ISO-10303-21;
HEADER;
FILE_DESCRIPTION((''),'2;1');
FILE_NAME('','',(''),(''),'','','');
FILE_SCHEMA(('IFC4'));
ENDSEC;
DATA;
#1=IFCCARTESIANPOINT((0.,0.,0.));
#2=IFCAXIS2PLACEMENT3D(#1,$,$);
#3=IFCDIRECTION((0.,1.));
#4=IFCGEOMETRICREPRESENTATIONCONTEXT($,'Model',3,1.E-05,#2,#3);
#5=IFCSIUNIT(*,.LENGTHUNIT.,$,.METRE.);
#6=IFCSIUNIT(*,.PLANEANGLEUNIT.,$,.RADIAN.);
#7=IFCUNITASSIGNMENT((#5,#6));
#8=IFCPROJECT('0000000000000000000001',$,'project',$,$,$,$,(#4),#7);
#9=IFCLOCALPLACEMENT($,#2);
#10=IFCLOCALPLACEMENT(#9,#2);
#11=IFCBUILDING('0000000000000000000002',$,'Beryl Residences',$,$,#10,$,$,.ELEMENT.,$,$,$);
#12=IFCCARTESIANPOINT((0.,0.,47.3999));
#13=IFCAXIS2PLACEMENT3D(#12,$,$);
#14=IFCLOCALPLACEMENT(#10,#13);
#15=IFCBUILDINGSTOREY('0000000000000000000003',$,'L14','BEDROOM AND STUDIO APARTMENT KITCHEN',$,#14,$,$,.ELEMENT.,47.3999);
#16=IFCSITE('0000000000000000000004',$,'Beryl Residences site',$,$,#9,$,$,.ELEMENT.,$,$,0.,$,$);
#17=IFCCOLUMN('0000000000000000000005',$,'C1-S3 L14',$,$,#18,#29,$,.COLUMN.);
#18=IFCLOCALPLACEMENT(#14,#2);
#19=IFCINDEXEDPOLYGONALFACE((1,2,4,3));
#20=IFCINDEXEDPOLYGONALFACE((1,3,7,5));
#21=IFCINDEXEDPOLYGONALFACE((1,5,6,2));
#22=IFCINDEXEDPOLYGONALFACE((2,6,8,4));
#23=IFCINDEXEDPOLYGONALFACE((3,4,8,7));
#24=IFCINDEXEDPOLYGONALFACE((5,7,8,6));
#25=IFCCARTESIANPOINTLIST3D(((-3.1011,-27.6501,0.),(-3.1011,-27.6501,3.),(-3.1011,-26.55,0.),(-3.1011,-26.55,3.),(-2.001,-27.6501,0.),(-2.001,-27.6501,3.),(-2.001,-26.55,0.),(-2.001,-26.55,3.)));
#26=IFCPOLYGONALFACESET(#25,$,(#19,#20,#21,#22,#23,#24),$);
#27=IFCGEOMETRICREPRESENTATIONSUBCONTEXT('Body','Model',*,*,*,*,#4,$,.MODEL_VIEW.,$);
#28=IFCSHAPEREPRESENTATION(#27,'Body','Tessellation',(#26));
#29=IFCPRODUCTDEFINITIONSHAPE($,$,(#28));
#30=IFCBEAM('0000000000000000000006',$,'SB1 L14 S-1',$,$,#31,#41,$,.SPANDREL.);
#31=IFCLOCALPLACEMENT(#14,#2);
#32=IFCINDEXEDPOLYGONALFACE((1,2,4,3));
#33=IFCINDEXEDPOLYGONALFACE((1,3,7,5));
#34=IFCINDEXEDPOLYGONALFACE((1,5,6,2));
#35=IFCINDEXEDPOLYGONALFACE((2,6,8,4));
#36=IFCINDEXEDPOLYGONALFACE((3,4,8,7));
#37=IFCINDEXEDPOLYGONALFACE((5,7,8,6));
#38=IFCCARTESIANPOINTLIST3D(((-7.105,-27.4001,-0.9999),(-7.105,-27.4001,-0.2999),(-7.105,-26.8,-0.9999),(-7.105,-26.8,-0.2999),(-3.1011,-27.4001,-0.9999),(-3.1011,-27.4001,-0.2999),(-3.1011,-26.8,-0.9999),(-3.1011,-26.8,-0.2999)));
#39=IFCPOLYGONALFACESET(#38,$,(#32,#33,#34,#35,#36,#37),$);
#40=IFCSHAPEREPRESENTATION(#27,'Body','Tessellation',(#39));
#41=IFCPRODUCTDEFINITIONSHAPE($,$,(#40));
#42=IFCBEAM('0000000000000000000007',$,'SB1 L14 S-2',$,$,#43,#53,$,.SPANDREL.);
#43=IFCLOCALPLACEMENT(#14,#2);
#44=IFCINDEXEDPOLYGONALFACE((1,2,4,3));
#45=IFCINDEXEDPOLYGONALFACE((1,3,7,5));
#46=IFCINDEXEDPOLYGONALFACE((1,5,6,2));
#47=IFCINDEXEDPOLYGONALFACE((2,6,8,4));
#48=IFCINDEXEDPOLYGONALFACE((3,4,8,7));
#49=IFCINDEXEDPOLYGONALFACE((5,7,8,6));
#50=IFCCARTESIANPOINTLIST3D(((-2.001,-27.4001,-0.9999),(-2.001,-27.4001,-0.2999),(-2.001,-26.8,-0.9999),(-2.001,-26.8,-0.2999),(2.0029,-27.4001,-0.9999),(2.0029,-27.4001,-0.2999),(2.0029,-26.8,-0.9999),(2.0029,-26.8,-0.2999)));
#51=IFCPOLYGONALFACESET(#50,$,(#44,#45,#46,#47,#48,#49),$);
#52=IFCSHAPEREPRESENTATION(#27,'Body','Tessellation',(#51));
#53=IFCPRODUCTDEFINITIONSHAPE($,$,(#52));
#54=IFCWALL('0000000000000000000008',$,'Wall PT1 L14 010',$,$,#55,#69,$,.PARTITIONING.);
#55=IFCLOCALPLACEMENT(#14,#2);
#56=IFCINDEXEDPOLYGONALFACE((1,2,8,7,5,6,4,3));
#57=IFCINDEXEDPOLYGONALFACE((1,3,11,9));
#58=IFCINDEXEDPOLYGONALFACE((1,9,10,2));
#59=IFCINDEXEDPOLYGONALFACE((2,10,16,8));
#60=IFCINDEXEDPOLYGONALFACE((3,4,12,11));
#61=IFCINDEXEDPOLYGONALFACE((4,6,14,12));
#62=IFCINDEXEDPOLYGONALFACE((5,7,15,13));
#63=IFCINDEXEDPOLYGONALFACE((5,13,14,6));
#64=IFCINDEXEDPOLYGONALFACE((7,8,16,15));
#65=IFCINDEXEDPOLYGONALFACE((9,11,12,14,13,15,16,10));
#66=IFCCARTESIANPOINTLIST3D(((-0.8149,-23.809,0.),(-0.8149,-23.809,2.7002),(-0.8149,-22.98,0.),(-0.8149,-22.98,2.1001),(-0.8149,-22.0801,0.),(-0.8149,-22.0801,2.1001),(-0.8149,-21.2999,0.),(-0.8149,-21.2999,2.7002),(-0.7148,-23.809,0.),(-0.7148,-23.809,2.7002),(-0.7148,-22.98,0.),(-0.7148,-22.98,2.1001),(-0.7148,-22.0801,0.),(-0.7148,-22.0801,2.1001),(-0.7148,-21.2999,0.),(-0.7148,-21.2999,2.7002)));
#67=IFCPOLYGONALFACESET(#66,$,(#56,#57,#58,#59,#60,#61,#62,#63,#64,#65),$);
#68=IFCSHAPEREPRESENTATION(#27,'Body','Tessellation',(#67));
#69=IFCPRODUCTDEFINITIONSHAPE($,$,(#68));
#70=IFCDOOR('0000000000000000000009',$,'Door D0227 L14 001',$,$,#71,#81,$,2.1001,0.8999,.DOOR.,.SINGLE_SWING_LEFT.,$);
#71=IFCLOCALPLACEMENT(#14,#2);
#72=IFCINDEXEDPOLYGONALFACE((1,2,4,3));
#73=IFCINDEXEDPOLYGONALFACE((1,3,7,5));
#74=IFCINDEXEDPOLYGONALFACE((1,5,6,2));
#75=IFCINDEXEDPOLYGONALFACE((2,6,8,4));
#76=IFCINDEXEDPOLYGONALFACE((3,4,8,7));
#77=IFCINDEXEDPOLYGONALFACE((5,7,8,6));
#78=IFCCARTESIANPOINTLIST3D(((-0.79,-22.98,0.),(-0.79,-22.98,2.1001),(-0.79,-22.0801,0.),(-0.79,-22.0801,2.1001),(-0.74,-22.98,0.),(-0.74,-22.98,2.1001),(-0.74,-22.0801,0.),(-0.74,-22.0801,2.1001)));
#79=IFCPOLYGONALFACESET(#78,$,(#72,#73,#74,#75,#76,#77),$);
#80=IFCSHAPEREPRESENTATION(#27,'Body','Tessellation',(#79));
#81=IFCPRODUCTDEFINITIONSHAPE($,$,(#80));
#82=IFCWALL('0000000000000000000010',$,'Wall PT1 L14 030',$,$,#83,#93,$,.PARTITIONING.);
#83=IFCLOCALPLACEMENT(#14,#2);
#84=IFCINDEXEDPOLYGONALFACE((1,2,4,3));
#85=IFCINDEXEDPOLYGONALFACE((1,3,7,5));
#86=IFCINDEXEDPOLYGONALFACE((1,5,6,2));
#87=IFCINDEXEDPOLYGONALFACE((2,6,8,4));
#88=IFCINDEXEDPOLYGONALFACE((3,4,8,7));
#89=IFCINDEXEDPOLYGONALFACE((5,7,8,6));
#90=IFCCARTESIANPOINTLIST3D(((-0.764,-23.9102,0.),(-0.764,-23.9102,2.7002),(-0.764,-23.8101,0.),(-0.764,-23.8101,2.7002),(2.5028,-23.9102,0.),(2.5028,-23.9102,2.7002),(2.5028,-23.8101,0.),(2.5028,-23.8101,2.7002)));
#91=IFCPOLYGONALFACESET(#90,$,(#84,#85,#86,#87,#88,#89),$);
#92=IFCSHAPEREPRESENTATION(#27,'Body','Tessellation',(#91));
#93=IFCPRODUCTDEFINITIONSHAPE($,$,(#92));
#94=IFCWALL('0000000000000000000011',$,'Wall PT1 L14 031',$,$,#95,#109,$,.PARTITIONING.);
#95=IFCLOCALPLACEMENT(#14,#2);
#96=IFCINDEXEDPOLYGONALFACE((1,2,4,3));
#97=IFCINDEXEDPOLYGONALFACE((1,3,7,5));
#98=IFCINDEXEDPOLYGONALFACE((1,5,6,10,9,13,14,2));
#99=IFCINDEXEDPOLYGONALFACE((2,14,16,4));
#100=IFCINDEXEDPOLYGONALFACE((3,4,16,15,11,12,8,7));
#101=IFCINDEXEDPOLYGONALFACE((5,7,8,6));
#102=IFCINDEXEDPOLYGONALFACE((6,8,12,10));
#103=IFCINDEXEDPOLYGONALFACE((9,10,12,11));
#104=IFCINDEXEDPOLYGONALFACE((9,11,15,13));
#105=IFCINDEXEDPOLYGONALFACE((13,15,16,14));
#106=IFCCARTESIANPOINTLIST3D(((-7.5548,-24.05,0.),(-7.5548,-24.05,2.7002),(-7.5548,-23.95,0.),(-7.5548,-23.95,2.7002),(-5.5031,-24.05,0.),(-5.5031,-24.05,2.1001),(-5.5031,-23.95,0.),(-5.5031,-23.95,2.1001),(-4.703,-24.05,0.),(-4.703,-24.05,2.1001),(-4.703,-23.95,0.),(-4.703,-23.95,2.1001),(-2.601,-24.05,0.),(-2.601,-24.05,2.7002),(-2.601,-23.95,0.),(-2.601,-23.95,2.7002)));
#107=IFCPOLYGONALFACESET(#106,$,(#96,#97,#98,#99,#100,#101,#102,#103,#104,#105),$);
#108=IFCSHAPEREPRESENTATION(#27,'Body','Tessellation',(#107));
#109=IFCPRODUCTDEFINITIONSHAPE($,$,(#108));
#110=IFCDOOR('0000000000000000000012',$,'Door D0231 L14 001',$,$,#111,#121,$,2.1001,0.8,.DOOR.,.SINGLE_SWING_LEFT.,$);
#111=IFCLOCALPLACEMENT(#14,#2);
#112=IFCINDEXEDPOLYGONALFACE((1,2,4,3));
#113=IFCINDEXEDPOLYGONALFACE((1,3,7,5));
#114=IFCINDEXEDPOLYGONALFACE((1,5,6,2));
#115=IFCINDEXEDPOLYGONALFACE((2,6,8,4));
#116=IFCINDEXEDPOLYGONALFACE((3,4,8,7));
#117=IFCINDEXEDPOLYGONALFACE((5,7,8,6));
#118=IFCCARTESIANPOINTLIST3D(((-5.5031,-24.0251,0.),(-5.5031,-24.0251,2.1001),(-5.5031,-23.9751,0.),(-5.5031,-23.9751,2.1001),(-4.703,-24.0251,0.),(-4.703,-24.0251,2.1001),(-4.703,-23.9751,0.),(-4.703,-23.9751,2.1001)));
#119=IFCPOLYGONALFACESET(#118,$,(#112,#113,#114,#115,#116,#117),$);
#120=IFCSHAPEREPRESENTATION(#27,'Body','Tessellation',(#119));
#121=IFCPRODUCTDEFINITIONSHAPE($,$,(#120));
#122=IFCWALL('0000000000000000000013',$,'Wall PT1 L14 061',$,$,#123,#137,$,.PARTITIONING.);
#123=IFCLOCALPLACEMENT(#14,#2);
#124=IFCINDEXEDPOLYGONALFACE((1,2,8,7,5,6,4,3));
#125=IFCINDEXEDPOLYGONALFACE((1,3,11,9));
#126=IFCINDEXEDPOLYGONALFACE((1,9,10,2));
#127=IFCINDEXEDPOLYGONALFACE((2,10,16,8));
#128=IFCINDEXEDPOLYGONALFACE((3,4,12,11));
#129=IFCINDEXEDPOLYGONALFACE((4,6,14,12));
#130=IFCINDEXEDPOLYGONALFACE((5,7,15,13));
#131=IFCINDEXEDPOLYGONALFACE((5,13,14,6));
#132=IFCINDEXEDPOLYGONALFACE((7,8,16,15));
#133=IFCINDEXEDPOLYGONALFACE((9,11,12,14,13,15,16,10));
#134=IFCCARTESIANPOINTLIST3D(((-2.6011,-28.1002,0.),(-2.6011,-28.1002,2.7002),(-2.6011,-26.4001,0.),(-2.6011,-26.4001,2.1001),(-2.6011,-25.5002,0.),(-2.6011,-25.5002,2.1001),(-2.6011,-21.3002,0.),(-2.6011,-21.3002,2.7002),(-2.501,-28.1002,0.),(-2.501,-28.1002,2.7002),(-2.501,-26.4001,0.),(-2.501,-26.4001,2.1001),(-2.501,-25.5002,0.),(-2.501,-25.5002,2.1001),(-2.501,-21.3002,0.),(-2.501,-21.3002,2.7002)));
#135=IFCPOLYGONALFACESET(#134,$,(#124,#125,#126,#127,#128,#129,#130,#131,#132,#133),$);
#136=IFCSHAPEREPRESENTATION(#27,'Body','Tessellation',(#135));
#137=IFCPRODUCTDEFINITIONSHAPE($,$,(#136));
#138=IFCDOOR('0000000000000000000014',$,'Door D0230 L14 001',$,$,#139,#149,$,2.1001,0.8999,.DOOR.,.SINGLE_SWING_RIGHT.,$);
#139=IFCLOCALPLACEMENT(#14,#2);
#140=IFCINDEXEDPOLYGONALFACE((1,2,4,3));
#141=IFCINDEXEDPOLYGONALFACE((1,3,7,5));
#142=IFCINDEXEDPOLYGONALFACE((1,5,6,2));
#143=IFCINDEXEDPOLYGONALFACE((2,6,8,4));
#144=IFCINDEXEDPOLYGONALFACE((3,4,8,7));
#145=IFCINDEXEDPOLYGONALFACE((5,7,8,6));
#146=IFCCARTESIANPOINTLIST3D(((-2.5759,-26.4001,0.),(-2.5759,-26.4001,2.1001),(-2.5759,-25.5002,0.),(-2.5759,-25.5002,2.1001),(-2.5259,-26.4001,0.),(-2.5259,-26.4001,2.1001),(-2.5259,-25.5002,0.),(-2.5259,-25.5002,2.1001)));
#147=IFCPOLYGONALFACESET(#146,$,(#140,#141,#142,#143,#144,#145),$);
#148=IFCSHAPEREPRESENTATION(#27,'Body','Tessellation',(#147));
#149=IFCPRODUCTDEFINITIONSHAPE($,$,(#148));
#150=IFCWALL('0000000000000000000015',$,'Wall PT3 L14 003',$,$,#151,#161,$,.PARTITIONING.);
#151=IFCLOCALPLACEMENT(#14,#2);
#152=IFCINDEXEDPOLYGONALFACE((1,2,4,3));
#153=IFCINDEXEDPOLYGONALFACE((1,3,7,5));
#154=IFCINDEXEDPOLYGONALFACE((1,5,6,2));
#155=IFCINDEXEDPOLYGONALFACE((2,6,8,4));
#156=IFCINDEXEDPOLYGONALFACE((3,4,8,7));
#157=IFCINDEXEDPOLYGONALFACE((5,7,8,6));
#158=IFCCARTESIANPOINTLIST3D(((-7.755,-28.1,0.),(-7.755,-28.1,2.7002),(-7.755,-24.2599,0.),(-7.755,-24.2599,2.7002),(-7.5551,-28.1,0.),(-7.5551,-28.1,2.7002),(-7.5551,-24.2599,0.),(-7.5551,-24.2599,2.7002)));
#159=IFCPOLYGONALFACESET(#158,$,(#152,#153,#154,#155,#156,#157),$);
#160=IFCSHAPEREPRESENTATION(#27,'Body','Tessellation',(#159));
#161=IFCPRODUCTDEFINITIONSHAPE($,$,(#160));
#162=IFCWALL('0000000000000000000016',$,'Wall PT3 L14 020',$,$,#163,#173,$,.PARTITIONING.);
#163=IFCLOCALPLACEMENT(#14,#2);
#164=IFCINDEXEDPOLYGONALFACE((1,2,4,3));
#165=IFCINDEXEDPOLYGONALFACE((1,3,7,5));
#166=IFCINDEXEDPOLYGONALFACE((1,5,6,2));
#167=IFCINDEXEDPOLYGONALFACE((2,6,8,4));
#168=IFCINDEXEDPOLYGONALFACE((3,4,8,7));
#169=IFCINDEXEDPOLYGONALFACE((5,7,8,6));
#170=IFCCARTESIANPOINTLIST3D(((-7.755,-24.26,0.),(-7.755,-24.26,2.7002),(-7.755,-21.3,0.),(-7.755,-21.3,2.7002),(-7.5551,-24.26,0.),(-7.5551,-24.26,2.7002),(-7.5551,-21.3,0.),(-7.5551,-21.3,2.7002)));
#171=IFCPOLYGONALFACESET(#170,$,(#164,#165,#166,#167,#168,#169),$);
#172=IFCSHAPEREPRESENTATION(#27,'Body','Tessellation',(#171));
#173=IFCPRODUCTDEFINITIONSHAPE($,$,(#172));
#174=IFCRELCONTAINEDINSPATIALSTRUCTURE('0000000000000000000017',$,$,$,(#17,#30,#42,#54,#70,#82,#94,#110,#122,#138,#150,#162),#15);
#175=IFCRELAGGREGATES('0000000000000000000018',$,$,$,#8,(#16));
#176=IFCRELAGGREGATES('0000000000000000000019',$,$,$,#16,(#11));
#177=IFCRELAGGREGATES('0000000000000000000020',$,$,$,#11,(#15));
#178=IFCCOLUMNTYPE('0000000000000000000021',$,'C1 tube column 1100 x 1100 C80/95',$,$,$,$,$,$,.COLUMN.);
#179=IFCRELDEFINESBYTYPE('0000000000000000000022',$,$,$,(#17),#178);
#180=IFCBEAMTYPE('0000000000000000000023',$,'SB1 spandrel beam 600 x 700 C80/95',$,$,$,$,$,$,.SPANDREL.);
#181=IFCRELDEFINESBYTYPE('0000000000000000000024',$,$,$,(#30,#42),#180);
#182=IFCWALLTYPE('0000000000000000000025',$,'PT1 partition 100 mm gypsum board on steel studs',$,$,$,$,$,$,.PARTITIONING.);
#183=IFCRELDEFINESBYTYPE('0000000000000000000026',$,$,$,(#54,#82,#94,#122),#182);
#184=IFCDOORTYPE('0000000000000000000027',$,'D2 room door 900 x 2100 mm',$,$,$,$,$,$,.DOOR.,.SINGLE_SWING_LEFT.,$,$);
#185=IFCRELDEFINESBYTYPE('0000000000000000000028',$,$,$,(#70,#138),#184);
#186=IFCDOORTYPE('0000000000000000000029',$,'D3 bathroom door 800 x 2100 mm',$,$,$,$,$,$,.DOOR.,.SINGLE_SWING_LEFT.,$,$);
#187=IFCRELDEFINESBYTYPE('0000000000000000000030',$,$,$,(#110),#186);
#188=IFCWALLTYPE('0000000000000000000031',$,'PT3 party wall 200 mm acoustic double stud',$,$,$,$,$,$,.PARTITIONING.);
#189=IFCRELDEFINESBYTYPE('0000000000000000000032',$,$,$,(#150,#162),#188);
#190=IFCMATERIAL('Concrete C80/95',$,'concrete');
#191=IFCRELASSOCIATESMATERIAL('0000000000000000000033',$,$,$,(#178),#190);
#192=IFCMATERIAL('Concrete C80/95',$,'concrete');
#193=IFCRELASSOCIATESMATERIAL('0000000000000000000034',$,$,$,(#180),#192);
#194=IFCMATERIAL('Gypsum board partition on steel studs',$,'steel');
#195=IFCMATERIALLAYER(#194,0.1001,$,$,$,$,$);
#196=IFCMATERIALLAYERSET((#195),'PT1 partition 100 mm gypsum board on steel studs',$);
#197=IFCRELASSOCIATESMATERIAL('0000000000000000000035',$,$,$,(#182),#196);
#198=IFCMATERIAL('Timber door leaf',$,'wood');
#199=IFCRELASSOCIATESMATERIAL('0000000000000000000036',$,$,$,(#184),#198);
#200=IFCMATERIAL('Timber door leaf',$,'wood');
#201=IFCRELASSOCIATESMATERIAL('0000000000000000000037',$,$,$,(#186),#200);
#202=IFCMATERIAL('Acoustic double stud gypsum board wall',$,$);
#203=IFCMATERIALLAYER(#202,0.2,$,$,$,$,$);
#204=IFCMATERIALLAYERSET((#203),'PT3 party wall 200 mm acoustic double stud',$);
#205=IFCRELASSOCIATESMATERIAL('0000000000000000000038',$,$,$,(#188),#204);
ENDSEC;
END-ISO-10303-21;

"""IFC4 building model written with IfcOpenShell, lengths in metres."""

from ifc_helpers import new_model, si_unit, direction, frame, frame_2d, origin, origin_2d, place, context, subcontext, project, spatial, rectangle, extrude, material, layer, layer_set, material_profile, profile_set, type_object, element, fill, save


model = new_model("IFC4")

# Units and contexts
model_context = context("Model", 3, precision=1e-05, world=origin(), true_north=direction((0.0, 1.0)))
body_context = subcontext(model_context, "Body", "Model", "MODEL_VIEW")
ifc_project = project(units=[si_unit("LENGTHUNIT", "METRE"), si_unit("PLANEANGLEUNIT", "RADIAN")], contexts=[model_context])

# Site, building, storey
site_placement = place(None, origin())
site = spatial("IfcSite", under=ifc_project, at=site_placement, Name="Beryl Residences site", CompositionType="ELEMENT", RefElevation=0.0)
building_placement = place(site_placement, origin())
building = spatial("IfcBuilding", under=site, at=building_placement, Name="Beryl Residences", CompositionType="ELEMENT")
storey_placement = place(building_placement, frame((0.0, 0.0, 47.3999)))
storey = spatial("IfcBuildingStorey", under=building, at=storey_placement, Name="L14", Description="BEDROOM AND STUDIO APARTMENT KITCHEN", CompositionType="ELEMENT", Elevation=47.3999)

# Column
ifc_material_1 = material(Name="Concrete C80/95", Category="concrete")
ifc_material_profile_1 = material_profile(ifc_material_1, rectangle(XDim=1.1001, YDim=1.1001, at=origin_2d()))
ifc_profile_set_1 = profile_set([ifc_material_profile_1], Name="Concrete C80/95")
column_type = type_object("IfcColumnType", Name="C1 tube column 1100 x 1100 C80/95", PredefinedType="COLUMN", material=ifc_profile_set_1)
column_placement = place(storey_placement, frame((-2.551, -27.1001, 0.0), z_axis=(0.0, 0.0, 1.0), x_axis=(1.0, 0.0, 0.0)))
element("IfcColumn", 1, at=column_placement, inside=storey, type_object=column_type, Name="C1-S3 L14", PredefinedType="COLUMN", context=body_context, shape_type="SweptSolid", body=[
    extrude(rectangle(XDim=1.1001, YDim=1.1001, at=origin_2d()), origin(), (0.0, 0.0, 1.0), 3.0),
])

# Beams
ifc_material_2 = material(Name="Concrete C80/95", Category="concrete")
ifc_material_profile_2 = material_profile(ifc_material_2, rectangle(XDim=0.6001, YDim=0.7, at=origin_2d()))
ifc_profile_set_2 = profile_set([ifc_material_profile_2], Name="Concrete C80/95")
beam_type = type_object("IfcBeamType", Name="SB1 spandrel beam 600 x 700 C80/95", PredefinedType="SPANDREL", material=ifc_profile_set_2)
for number, where, z_axis, x_axis, name in (
    (2, (-7.105, -27.1001, -0.6499), (1.0, 0.0, 0.0), (0.0, 1.0, 0.0), "SB1 L14 S-1"),
    (3, (-2.001, -27.1001, -0.6499), (1.0, 0.0, 0.0), (0.0, 1.0, 0.0), "SB1 L14 S-2"),
):
    element("IfcBeam", number, at=place(storey_placement, frame(where, z_axis=z_axis, x_axis=x_axis)), inside=storey, type_object=beam_type, Name=name, PredefinedType="SPANDREL", context=body_context, shape_type="SweptSolid", body=[
        extrude(rectangle(XDim=0.6001, YDim=0.7, at=origin_2d()), origin(), (0.0, 0.0, 1.0), 4.0039),
    ])

# Wall, opening, door
ifc_material_3 = material(Name="Gypsum board partition on steel studs", Category="steel")
ifc_layer_1 = layer(ifc_material_3, 0.1001)
ifc_layer_set_1 = layer_set([ifc_layer_1], Name="PT1 partition 100 mm gypsum board on steel studs")
wall_type_1 = type_object("IfcWallType", Name="PT1 partition 100 mm gypsum board on steel studs", PredefinedType="PARTITIONING", material=ifc_layer_set_1)
wall_1_placement = place(storey_placement, frame((-0.7649, -21.3, 0.0), z_axis=(0.0, 0.0, 1.0), x_axis=(0.0, -1.0, 0.0)))
wall_1 = element("IfcWall", 4, at=wall_1_placement, inside=storey, type_object=wall_type_1, Name="Wall PT1 L14 010", PredefinedType="PARTITIONING", context=body_context, shape_type="SweptSolid", body=[
    extrude(rectangle(XDim=2.509, YDim=0.1001, at=frame_2d((1.2544, 0.0))), origin(), (0.0, 0.0, 1.0), 2.7002),
])
opening_1_placement = place(wall_1_placement, frame((0.78, 0.0, 0.0)))
opening_1 = element("IfcOpeningElement", 5, at=opening_1_placement, cuts=wall_1, PredefinedType="OPENING", context=body_context, shape_type="SweptSolid", body=[
    extrude(rectangle(XDim=0.8999, YDim=2.1001, at=frame_2d((0.45, 1.05))), frame((0.0, 0.0601, 0.0), z_axis=(0.0, -1.0, 0.0), x_axis=(1.0, 0.0, 0.0)), (0.0, 0.0, 1.0), 0.1201),
])
ifc_material_4 = material(Name="Timber door leaf", Category="wood")
door_type_1 = type_object("IfcDoorType", Name="D2 room door 900 x 2100 mm", OperationType="SINGLE_SWING_LEFT", PredefinedType="DOOR", material=ifc_material_4)
door_1_placement = place(opening_1_placement, origin())
door_1 = element("IfcDoor", 6, at=door_1_placement, inside=storey, type_object=door_type_1, Name="Door D0227 L14 001", OperationType="SINGLE_SWING_LEFT", OverallHeight=2.1001, OverallWidth=0.8999, PredefinedType="DOOR", context=body_context, shape_type="SweptSolid", body=[
    extrude(rectangle(XDim=0.8999, YDim=2.1001, at=frame_2d((0.45, 1.05))), frame((0.0, 0.0249, 0.0), z_axis=(0.0, -1.0, 0.0), x_axis=(1.0, 0.0, 0.0)), (0.0, 0.0, 1.0), 0.05),
])
fill(opening_1, door_1)

# Wall
wall_2_placement = place(storey_placement, frame((-0.7639, -23.8601, 0.0), z_axis=(0.0, 0.0, 1.0), x_axis=(1.0, 0.0, 0.0)))
element("IfcWall", 7, at=wall_2_placement, inside=storey, type_object=wall_type_1, Name="Wall PT1 L14 030", PredefinedType="PARTITIONING", context=body_context, shape_type="SweptSolid", body=[
    extrude(rectangle(XDim=3.2668, YDim=0.1001, at=frame_2d((1.6333, 0.0))), origin(), (0.0, 0.0, 1.0), 2.7002),
])

# Walls, openings, doors
wall_3_placement = place(storey_placement, frame((-7.5549, -24.0, 0.0), z_axis=(0.0, 0.0, 1.0), x_axis=(1.0, 0.0, 0.0)))
wall_3 = element("IfcWall", 8, at=wall_3_placement, inside=storey, type_object=wall_type_1, Name="Wall PT1 L14 031", PredefinedType="PARTITIONING", context=body_context, shape_type="SweptSolid", body=[
    extrude(rectangle(XDim=4.9539, YDim=0.1001, at=frame_2d((2.4771, 0.0))), origin(), (0.0, 0.0, 1.0), 2.7002),
])
opening_2_placement = place(wall_3_placement, frame((2.052, 0.0, 0.0)))
opening_2 = element("IfcOpeningElement", 9, at=opening_2_placement, cuts=wall_3, PredefinedType="OPENING", context=body_context, shape_type="SweptSolid", body=[
    extrude(rectangle(XDim=0.8, YDim=2.1001, at=frame_2d((0.3999, 1.05))), frame((0.0, 0.0601, 0.0), z_axis=(0.0, -1.0, 0.0), x_axis=(1.0, 0.0, 0.0)), (0.0, 0.0, 1.0), 0.1201),
])
ifc_material_5 = material(Name="Timber door leaf", Category="wood")
door_type_2 = type_object("IfcDoorType", Name="D3 bathroom door 800 x 2100 mm", OperationType="SINGLE_SWING_LEFT", PredefinedType="DOOR", material=ifc_material_5)
door_2_placement = place(opening_2_placement, origin())
door_2 = element("IfcDoor", 10, at=door_2_placement, inside=storey, type_object=door_type_2, Name="Door D0231 L14 001", OperationType="SINGLE_SWING_LEFT", OverallHeight=2.1001, OverallWidth=0.8, PredefinedType="DOOR", context=body_context, shape_type="SweptSolid", body=[
    extrude(rectangle(XDim=0.8, YDim=2.1001, at=frame_2d((0.3999, 1.05))), frame((0.0, 0.0249, 0.0), z_axis=(0.0, -1.0, 0.0), x_axis=(1.0, 0.0, 0.0)), (0.0, 0.0, 1.0), 0.05),
])
fill(opening_2, door_2)
wall_4_placement = place(storey_placement, frame((-2.551, -28.1001, 0.0), z_axis=(0.0, 0.0, 1.0), x_axis=(0.0, 1.0, 0.0)))
wall_4 = element("IfcWall", 11, at=wall_4_placement, inside=storey, type_object=wall_type_1, Name="Wall PT1 L14 061", PredefinedType="PARTITIONING", context=body_context, shape_type="SweptSolid", body=[
    extrude(rectangle(XDim=6.8, YDim=0.1001, at=frame_2d((3.3999, 0.0))), origin(), (0.0, 0.0, 1.0), 2.7002),
])
opening_3_placement = place(wall_4_placement, frame((1.7, 0.0, 0.0)))
opening_3 = element("IfcOpeningElement", 12, at=opening_3_placement, cuts=wall_4, PredefinedType="OPENING", context=body_context, shape_type="SweptSolid", body=[
    extrude(rectangle(XDim=0.8999, YDim=2.1001, at=frame_2d((0.45, 1.05))), frame((0.0, 0.0601, 0.0), z_axis=(0.0, -1.0, 0.0), x_axis=(1.0, 0.0, 0.0)), (0.0, 0.0, 1.0), 0.1201),
])
door_3_placement = place(opening_3_placement, origin())
door_3 = element("IfcDoor", 13, at=door_3_placement, inside=storey, type_object=door_type_1, Name="Door D0230 L14 001", OperationType="SINGLE_SWING_RIGHT", OverallHeight=2.1001, OverallWidth=0.8999, PredefinedType="DOOR", context=body_context, shape_type="SweptSolid", body=[
    extrude(rectangle(XDim=0.8999, YDim=2.1001, at=frame_2d((0.45, 1.05))), frame((0.0, 0.0249, 0.0), z_axis=(0.0, -1.0, 0.0), x_axis=(1.0, 0.0, 0.0)), (0.0, 0.0, 1.0), 0.05),
])
fill(opening_3, door_3)

# Walls
ifc_material_6 = material(Name="Acoustic double stud gypsum board wall")
ifc_layer_2 = layer(ifc_material_6, 0.2)
ifc_layer_set_2 = layer_set([ifc_layer_2], Name="PT3 party wall 200 mm acoustic double stud")
wall_type_2 = type_object("IfcWallType", Name="PT3 party wall 200 mm acoustic double stud", PredefinedType="PARTITIONING", material=ifc_layer_set_2)
wall_5_placement = place(storey_placement, frame((-7.655, -24.26, 0.0), z_axis=(0.0, 0.0, 1.0), x_axis=(0.0, -1.0, 0.0)))
element("IfcWall", 14, at=wall_5_placement, inside=storey, type_object=wall_type_2, Name="Wall PT3 L14 003", PredefinedType="PARTITIONING", context=body_context, shape_type="SweptSolid", body=[
    extrude(rectangle(XDim=3.8401, YDim=0.2, at=frame_2d((1.9199, 0.0))), origin(), (0.0, 0.0, 1.0), 2.7002),
])
wall_6_placement = place(storey_placement, frame((-7.655, -24.26, 0.0), z_axis=(0.0, 0.0, 1.0), x_axis=(0.0, 1.0, 0.0)))
element("IfcWall", 15, at=wall_6_placement, inside=storey, type_object=wall_type_2, Name="Wall PT3 L14 020", PredefinedType="PARTITIONING", context=body_context, shape_type="SweptSolid", body=[
    extrude(rectangle(XDim=2.96, YDim=0.2, at=frame_2d((1.48, 0.0))), origin(), (0.0, 0.0, 1.0), 2.7002),
])

save(model, "model.ifc")
